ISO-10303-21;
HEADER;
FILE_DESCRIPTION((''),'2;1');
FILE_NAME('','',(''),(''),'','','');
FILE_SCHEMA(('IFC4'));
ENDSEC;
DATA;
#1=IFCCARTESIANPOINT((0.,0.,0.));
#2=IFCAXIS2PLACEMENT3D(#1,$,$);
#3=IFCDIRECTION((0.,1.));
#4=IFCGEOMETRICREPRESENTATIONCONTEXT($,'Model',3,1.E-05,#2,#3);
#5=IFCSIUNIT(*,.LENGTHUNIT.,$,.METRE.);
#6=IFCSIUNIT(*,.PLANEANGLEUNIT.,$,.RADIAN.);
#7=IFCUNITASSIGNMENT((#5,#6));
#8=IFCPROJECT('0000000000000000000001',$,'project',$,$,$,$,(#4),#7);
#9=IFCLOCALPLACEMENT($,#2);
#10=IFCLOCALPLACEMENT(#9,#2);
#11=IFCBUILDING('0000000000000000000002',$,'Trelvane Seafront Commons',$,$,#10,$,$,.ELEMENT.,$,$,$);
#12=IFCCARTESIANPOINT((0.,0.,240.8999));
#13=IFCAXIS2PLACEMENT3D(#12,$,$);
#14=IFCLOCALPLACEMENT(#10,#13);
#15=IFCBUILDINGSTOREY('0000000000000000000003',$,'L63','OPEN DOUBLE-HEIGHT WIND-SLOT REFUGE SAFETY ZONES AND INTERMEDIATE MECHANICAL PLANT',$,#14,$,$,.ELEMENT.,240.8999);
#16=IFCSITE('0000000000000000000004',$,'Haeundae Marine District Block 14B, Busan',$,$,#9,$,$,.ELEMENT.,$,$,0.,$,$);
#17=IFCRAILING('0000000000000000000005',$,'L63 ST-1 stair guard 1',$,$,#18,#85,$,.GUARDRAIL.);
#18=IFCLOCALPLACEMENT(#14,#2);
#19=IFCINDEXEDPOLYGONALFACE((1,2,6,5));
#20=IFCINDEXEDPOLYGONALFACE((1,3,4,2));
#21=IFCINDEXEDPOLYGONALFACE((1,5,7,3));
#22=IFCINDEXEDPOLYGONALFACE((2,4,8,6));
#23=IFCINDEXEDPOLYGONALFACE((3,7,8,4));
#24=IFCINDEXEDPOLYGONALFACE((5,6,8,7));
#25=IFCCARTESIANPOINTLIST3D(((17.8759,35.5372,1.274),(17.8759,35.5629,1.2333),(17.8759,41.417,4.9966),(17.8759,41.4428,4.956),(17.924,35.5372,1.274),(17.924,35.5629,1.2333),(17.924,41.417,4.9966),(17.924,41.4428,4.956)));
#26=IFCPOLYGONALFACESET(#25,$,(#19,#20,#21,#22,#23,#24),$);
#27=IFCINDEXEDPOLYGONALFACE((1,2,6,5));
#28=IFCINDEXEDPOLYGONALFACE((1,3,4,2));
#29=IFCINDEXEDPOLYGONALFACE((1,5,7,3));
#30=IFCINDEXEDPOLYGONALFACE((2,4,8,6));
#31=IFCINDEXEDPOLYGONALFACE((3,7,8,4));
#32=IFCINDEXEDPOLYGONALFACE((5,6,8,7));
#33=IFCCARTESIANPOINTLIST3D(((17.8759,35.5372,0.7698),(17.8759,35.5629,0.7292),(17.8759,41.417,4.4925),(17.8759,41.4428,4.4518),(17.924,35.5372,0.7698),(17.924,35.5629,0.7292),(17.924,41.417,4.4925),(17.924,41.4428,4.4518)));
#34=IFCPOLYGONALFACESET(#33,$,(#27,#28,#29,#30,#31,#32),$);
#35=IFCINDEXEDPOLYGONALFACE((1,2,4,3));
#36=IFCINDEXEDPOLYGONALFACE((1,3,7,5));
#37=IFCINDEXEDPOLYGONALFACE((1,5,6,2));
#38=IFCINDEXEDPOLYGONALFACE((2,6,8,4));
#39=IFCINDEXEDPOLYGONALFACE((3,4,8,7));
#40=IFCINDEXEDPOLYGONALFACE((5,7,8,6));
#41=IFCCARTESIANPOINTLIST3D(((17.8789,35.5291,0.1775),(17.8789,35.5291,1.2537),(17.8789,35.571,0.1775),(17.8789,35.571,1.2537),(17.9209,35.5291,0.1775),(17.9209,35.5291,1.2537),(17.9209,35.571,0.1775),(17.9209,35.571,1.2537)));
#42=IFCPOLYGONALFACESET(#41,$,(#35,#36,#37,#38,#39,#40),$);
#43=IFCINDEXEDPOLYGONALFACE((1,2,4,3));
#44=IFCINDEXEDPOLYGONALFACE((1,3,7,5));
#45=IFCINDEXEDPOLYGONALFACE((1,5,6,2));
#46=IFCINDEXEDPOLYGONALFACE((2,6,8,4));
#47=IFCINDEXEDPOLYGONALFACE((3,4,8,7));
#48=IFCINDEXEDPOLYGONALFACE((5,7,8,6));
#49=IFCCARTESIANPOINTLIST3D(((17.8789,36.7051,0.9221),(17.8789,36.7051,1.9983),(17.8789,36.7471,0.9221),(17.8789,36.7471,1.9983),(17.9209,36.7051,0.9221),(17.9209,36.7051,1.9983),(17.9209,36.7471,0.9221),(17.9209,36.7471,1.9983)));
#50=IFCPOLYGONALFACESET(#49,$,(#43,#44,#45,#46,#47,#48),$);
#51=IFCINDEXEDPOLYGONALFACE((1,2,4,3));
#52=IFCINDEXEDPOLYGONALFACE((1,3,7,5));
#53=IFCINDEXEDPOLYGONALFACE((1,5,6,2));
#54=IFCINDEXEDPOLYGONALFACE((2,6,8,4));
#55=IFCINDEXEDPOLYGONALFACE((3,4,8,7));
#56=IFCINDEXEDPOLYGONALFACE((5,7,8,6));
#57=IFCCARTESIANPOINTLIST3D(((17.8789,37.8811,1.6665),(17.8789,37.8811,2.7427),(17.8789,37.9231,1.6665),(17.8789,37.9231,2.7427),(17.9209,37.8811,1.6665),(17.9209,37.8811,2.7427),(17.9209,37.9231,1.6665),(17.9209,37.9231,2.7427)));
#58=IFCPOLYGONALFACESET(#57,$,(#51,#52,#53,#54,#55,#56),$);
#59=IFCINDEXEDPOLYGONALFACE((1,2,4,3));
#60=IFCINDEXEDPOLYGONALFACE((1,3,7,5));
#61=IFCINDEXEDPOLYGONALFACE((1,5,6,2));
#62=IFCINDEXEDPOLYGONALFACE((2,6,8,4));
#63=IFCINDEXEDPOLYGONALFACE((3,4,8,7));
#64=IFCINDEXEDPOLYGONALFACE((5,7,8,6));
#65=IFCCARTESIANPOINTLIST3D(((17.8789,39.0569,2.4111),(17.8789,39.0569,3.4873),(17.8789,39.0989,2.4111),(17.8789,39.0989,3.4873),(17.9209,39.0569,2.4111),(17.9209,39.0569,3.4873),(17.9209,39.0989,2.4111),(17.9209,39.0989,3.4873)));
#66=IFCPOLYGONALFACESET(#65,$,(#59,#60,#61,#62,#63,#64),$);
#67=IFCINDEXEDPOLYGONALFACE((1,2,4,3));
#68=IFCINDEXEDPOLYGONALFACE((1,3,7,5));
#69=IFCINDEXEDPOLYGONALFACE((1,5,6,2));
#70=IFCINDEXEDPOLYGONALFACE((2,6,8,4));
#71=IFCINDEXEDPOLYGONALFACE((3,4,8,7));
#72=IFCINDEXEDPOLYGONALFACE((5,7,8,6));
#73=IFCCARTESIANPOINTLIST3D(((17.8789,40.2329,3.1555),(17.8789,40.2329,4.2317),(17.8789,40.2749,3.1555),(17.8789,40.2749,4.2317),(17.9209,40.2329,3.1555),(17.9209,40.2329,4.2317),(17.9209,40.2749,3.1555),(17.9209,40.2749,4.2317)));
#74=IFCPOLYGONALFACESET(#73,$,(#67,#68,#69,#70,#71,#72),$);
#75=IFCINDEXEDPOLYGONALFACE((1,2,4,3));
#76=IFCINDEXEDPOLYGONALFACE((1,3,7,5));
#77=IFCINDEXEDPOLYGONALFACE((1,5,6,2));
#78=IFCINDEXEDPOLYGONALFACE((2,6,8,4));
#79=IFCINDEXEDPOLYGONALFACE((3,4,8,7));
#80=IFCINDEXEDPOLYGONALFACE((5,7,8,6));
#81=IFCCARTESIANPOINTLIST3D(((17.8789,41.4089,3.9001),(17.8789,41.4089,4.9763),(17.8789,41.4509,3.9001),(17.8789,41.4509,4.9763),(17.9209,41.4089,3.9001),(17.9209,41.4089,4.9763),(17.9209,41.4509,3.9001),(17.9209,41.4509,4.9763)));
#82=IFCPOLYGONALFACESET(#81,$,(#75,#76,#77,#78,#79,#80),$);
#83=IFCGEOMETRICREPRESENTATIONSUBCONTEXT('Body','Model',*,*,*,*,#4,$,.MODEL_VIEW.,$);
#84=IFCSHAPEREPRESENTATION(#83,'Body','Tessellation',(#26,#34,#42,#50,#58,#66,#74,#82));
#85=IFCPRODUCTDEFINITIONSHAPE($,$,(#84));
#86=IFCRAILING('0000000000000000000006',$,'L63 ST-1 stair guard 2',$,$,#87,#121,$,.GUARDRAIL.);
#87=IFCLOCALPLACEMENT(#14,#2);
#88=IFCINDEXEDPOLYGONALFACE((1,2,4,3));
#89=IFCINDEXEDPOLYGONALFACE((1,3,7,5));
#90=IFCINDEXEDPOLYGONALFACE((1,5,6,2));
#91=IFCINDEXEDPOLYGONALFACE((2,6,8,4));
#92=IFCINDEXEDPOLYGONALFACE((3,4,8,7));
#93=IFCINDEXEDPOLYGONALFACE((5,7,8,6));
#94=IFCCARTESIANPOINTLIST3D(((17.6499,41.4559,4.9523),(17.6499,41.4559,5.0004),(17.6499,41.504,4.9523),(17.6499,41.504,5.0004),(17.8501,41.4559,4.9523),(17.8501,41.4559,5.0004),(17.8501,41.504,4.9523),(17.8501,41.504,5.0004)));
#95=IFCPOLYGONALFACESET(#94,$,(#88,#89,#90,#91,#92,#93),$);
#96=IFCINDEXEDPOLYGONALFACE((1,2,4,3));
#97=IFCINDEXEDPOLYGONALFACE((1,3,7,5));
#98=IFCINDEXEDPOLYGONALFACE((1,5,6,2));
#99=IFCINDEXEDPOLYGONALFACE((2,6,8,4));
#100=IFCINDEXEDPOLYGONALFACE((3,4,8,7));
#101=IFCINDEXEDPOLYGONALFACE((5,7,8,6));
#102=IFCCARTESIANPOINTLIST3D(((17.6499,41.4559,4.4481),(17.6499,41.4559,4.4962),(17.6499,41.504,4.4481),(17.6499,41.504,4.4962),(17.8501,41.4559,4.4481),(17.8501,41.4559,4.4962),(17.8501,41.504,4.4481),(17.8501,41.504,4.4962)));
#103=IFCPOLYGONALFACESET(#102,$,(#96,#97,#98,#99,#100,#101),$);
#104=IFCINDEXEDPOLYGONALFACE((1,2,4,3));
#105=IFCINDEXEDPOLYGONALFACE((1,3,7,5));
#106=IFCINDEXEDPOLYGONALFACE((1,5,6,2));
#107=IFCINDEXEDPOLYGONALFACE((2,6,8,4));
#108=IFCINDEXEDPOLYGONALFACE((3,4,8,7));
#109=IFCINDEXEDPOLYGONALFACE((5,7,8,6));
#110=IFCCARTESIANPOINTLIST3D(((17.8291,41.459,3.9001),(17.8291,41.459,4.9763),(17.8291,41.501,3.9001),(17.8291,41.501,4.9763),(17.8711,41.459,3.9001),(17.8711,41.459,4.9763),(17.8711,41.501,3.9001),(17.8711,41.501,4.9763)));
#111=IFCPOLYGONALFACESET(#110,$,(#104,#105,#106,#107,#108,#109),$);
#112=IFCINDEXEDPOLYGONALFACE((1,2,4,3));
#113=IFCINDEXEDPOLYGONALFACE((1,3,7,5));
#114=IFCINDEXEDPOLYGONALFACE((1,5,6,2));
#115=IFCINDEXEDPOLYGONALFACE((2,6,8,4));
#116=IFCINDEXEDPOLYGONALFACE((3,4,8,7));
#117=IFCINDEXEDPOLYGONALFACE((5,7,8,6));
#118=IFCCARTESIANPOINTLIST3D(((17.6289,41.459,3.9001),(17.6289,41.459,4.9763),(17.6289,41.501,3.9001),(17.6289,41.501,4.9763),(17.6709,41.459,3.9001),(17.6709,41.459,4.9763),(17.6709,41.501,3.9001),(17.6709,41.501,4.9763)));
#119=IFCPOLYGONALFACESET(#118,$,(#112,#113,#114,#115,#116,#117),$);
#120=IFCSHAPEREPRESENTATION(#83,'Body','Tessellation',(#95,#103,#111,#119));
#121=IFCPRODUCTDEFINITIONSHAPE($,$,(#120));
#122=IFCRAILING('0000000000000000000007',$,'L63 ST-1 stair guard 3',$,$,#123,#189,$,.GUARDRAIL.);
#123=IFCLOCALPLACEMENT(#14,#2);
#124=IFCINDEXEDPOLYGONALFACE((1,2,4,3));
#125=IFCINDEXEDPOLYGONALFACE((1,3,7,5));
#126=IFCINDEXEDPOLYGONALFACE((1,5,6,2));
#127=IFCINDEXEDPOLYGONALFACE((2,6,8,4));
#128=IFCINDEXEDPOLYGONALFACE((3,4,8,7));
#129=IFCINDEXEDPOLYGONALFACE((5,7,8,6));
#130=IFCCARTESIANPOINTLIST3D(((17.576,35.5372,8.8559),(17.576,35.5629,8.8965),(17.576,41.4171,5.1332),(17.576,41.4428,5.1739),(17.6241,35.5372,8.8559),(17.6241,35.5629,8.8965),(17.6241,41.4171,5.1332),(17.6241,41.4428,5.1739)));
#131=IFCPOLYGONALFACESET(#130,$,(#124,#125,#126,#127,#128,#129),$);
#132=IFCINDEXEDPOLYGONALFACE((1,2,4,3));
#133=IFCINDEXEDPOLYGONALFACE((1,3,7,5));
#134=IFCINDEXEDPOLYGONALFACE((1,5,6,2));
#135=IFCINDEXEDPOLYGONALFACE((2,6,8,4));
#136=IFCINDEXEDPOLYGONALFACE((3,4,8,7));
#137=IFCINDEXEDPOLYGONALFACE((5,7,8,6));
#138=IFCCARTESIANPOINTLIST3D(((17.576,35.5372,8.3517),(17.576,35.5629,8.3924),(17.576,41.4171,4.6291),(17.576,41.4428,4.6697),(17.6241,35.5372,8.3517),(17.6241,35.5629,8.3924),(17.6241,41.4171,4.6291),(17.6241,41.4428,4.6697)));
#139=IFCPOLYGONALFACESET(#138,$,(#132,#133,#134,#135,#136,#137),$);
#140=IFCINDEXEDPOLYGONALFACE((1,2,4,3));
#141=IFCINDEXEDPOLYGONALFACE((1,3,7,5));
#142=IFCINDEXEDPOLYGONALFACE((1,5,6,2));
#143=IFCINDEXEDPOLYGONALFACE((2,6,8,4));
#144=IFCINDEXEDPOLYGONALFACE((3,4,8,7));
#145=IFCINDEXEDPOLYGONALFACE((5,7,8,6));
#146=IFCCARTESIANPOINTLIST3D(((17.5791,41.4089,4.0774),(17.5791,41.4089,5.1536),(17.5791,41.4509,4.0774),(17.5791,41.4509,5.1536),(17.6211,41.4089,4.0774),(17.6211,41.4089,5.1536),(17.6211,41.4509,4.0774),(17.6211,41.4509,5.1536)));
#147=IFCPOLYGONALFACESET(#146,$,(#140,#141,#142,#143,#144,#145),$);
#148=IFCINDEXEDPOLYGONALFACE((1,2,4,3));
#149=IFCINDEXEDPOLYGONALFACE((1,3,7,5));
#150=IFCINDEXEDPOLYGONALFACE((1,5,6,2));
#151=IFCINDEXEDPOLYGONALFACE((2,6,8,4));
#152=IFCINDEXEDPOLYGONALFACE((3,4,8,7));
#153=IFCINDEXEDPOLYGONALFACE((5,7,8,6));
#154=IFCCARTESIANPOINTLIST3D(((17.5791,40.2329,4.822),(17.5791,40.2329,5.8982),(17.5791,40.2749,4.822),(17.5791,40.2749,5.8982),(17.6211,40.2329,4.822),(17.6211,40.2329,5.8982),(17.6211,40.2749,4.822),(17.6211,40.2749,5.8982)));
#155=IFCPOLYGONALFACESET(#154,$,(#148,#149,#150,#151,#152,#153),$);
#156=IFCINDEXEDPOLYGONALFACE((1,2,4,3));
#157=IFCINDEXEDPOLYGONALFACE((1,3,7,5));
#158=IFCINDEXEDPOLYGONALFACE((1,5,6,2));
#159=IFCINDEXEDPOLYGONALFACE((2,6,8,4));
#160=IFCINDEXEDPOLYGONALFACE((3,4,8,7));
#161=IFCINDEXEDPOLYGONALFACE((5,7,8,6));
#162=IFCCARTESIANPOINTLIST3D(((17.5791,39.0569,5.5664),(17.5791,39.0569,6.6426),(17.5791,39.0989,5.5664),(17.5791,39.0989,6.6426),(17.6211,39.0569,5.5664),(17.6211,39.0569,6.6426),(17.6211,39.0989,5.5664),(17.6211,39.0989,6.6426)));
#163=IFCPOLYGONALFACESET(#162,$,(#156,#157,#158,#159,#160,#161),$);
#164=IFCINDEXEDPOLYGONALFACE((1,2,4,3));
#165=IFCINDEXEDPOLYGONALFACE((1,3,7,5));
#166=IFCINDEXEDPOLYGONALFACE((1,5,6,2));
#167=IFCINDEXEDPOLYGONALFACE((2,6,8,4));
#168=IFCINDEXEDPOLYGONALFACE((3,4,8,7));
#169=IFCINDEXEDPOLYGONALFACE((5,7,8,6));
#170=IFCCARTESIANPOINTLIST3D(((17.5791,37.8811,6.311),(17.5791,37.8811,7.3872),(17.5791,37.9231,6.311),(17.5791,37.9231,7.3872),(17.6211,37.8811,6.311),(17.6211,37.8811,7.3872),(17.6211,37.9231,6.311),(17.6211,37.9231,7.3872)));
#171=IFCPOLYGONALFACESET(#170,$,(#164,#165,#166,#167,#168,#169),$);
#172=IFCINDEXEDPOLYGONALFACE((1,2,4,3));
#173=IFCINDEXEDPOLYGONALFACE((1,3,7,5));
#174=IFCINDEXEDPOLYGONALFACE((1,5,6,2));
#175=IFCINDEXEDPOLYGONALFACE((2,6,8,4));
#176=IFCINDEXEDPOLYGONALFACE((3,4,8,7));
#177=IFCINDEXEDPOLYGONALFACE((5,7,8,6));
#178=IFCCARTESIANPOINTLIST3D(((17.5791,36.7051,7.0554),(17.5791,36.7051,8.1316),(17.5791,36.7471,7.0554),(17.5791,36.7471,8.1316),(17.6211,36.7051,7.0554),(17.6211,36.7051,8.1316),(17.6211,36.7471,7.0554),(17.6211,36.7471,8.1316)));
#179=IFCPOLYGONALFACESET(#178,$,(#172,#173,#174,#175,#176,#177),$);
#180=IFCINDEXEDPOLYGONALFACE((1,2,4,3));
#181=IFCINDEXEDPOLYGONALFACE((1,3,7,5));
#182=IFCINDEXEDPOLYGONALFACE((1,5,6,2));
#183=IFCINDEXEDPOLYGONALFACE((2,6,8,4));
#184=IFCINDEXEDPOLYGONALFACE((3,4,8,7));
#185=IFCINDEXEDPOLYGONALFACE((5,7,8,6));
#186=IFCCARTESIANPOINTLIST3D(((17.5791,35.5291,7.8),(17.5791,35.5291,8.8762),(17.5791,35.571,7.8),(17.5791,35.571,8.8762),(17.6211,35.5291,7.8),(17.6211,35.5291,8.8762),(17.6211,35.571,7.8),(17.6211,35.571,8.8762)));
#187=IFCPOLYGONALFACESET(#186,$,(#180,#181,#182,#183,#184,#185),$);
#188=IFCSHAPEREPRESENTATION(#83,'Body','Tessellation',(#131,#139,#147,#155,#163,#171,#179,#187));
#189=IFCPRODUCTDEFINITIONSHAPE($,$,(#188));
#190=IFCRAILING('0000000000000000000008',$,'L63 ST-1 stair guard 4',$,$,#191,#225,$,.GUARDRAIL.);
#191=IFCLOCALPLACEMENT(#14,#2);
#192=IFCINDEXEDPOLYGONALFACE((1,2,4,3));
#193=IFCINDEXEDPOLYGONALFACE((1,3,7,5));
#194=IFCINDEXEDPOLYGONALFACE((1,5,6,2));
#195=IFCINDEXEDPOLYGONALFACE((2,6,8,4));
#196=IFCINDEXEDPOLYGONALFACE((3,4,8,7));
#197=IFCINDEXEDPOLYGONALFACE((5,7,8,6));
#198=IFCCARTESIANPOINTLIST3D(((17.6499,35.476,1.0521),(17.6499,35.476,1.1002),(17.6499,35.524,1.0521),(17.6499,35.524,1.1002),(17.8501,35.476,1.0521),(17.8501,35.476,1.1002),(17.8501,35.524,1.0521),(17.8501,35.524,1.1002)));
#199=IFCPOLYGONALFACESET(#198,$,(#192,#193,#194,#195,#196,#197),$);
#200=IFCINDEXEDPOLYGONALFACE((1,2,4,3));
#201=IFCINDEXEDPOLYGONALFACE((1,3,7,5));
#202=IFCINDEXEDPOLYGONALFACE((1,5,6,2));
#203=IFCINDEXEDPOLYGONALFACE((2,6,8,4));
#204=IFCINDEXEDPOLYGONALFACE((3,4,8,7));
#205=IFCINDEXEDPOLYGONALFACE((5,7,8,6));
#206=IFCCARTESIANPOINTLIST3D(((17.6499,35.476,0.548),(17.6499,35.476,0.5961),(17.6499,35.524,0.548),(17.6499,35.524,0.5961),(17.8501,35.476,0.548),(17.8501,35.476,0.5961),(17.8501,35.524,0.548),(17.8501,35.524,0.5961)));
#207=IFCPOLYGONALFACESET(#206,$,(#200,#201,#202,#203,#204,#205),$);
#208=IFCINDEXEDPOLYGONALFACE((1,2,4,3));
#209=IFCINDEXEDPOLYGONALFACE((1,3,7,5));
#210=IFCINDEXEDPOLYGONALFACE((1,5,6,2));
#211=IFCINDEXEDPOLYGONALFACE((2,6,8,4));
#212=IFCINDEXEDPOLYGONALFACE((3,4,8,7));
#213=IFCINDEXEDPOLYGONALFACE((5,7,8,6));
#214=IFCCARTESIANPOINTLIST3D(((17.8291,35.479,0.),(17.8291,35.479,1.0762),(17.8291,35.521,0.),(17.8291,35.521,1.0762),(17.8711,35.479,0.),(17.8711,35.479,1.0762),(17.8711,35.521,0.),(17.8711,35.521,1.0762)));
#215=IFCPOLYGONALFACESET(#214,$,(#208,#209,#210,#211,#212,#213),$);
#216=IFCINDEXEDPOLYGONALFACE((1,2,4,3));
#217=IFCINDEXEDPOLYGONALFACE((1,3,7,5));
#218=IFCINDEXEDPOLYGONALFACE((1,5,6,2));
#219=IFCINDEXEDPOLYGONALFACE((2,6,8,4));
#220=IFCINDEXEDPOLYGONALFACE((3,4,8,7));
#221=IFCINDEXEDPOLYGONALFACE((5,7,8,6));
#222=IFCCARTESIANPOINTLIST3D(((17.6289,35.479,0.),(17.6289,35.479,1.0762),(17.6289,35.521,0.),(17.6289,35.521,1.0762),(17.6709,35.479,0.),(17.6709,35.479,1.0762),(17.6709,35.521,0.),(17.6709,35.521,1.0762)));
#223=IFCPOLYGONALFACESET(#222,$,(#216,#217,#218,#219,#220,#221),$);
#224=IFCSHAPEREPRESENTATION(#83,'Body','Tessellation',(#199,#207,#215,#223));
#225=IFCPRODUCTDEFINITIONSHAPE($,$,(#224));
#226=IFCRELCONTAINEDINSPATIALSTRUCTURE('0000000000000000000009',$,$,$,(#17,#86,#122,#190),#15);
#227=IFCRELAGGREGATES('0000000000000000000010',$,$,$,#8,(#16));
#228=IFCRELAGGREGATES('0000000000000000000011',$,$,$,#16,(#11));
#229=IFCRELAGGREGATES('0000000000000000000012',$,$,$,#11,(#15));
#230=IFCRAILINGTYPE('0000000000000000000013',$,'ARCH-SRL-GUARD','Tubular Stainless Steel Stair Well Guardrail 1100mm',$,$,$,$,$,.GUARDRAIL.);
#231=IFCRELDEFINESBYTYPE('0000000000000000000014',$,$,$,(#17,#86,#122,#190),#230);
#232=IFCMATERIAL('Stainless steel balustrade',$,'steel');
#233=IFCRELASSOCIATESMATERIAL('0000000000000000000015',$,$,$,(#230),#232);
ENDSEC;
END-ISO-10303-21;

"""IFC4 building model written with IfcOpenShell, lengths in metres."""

from ifc_helpers import new_model, si_unit, direction, frame, origin, origin_2d, place, context, subcontext, project, spatial, rectangle, extrude, material, type_object, element, save


model = new_model("IFC4")

# Units and contexts
model_context = context("Model", 3, precision=1e-05, world=origin(), true_north=direction((0.0, 1.0)))
body_context = subcontext(model_context, "Body", "Model", "MODEL_VIEW")
ifc_project = project(units=[si_unit("LENGTHUNIT", "METRE"), si_unit("PLANEANGLEUNIT", "RADIAN")], contexts=[model_context])

# Site, building, storey
site_placement = place(None, origin())
site = spatial("IfcSite", under=ifc_project, at=site_placement, Name="Haeundae Marine District Block 14B, Busan", CompositionType="ELEMENT", RefElevation=0.0)
building_placement = place(site_placement, origin())
building = spatial("IfcBuilding", under=site, at=building_placement, Name="Trelvane Seafront Commons", CompositionType="ELEMENT")
storey_placement = place(building_placement, frame((0.0, 0.0, 240.8999)))
storey = spatial("IfcBuildingStorey", under=building, at=storey_placement, Name="L63", Description="OPEN DOUBLE-HEIGHT WIND-SLOT REFUGE SAFETY ZONES AND INTERMEDIATE MECHANICAL PLANT", CompositionType="ELEMENT", Elevation=240.8999)

# Shared definitions
ifc_material_1 = material(Name="Stainless steel balustrade", Category="steel")

# Railings
railing_type_1 = type_object("IfcRailingType", Name="ARCH-SRL-GUARD", Description="Tubular Stainless Steel Stair Well Guardrail 1100mm", PredefinedType="GUARDRAIL", material=ifc_material_1)
railing_1_placement = place(storey_placement, frame((17.8999, 35.55, 0.1775)))
element("IfcRailing", 1, at=railing_1_placement, inside=storey, type_object=railing_type_1, Name="L63 ST-1 stair guard 1", PredefinedType="GUARDRAIL", context=body_context, shape_type="SweptSolid", body=[
    extrude(rectangle(XDim=0.0481, YDim=0.0481, at=origin_2d()), frame((0.0, 0.0, 1.0762), z_axis=(0.0, 0.844902, 0.534922), x_axis=(-1.0, 0.0, 0.0)), (0.0, 0.0, 1.0), 6.9592),
    extrude(rectangle(XDim=0.0481, YDim=0.0481, at=origin_2d()), frame((0.0, 0.0, 0.572), z_axis=(0.0, 0.844902, 0.534922), x_axis=(-1.0, 0.0, 0.0)), (0.0, 0.0, 1.0), 6.9592),
    extrude(rectangle(XDim=0.042, YDim=0.042, at=origin_2d()), origin(), (0.0, 0.0, 1.0), 1.0762),
    extrude(rectangle(XDim=0.042, YDim=0.042, at=origin_2d()), frame((0.0, 1.176, 0.7446)), (0.0, 0.0, 1.0), 1.0762),
    extrude(rectangle(XDim=0.042, YDim=0.042, at=origin_2d()), frame((0.0, 2.3521, 1.489)), (0.0, 0.0, 1.0), 1.0762),
    extrude(rectangle(XDim=0.042, YDim=0.042, at=origin_2d()), frame((0.0, 3.5278, 2.2336)), (0.0, 0.0, 1.0), 1.0762),
    extrude(rectangle(XDim=0.042, YDim=0.042, at=origin_2d()), frame((0.0, 4.7039, 2.978)), (0.0, 0.0, 1.0), 1.0762),
    extrude(rectangle(XDim=0.042, YDim=0.042, at=origin_2d()), frame((0.0, 5.8799, 3.7227)), (0.0, 0.0, 1.0), 1.0762),
])
railing_2_placement = place(storey_placement, frame((17.8501, 41.48, 3.9001)))
element("IfcRailing", 2, at=railing_2_placement, inside=storey, type_object=railing_type_1, Name="L63 ST-1 stair guard 2", PredefinedType="GUARDRAIL", context=body_context, shape_type="SweptSolid", body=[
    extrude(rectangle(XDim=0.0481, YDim=0.0481, at=origin_2d()), frame((0.0, 0.0, 1.0762), z_axis=(-1.0, 0.0, 0.0), x_axis=(0.0, -1.0, 0.0)), (0.0, 0.0, 1.0), 0.2002),
    extrude(rectangle(XDim=0.0481, YDim=0.0481, at=origin_2d()), frame((0.0, 0.0, 0.572), z_axis=(-1.0, 0.0, 0.0), x_axis=(0.0, -1.0, 0.0)), (0.0, 0.0, 1.0), 0.2002),
    extrude(rectangle(XDim=0.042, YDim=0.042, at=origin_2d()), origin(), (0.0, 0.0, 1.0), 1.0762),
    extrude(rectangle(XDim=0.042, YDim=0.042, at=origin_2d()), frame((-0.2002, 0.0, 0.0)), (0.0, 0.0, 1.0), 1.0762),
])
railing_3_placement = place(storey_placement, frame((17.6001, 41.4299, 4.0774)))
element("IfcRailing", 3, at=railing_3_placement, inside=storey, type_object=railing_type_1, Name="L63 ST-1 stair guard 3", PredefinedType="GUARDRAIL", context=body_context, shape_type="SweptSolid", body=[
    extrude(rectangle(XDim=0.0481, YDim=0.0481, at=origin_2d()), frame((0.0, 0.0, 1.0762), z_axis=(0.0, -0.844902, 0.534922), x_axis=(1.0, 0.0, 0.0)), (0.0, 0.0, 1.0), 6.9592),
    extrude(rectangle(XDim=0.0481, YDim=0.0481, at=origin_2d()), frame((0.0, 0.0, 0.572), z_axis=(0.0, -0.844902, 0.534922), x_axis=(1.0, 0.0, 0.0)), (0.0, 0.0, 1.0), 6.9592),
    extrude(rectangle(XDim=0.042, YDim=0.042, at=origin_2d()), origin(), (0.0, 0.0, 1.0), 1.0762),
    extrude(rectangle(XDim=0.042, YDim=0.042, at=origin_2d()), frame((0.0, -1.176, 0.7446)), (0.0, 0.0, 1.0), 1.0762),
    extrude(rectangle(XDim=0.042, YDim=0.042, at=origin_2d()), frame((0.0, -2.3521, 1.489)), (0.0, 0.0, 1.0), 1.0762),
    extrude(rectangle(XDim=0.042, YDim=0.042, at=origin_2d()), frame((0.0, -3.5278, 2.2336)), (0.0, 0.0, 1.0), 1.0762),
    extrude(rectangle(XDim=0.042, YDim=0.042, at=origin_2d()), frame((0.0, -4.7039, 2.978)), (0.0, 0.0, 1.0), 1.0762),
    extrude(rectangle(XDim=0.042, YDim=0.042, at=origin_2d()), frame((0.0, -5.8799, 3.7227)), (0.0, 0.0, 1.0), 1.0762),
])
railing_4_placement = place(storey_placement, frame((17.8501, 35.5, 0.0)))
element("IfcRailing", 4, at=railing_4_placement, inside=storey, type_object=railing_type_1, Name="L63 ST-1 stair guard 4", PredefinedType="GUARDRAIL", context=body_context, shape_type="SweptSolid", body=[
    extrude(rectangle(XDim=0.0481, YDim=0.0481, at=origin_2d()), frame((0.0, 0.0, 1.0762), z_axis=(-1.0, 0.0, 0.0), x_axis=(0.0, -1.0, 0.0)), (0.0, 0.0, 1.0), 0.2002),
    extrude(rectangle(XDim=0.0481, YDim=0.0481, at=origin_2d()), frame((0.0, 0.0, 0.572), z_axis=(-1.0, 0.0, 0.0), x_axis=(0.0, -1.0, 0.0)), (0.0, 0.0, 1.0), 0.2002),
    extrude(rectangle(XDim=0.042, YDim=0.042, at=origin_2d()), origin(), (0.0, 0.0, 1.0), 1.0762),
    extrude(rectangle(XDim=0.042, YDim=0.042, at=origin_2d()), frame((-0.2002, 0.0, 0.0)), (0.0, 0.0, 1.0), 1.0762),
])

save(model, "model.ifc")
